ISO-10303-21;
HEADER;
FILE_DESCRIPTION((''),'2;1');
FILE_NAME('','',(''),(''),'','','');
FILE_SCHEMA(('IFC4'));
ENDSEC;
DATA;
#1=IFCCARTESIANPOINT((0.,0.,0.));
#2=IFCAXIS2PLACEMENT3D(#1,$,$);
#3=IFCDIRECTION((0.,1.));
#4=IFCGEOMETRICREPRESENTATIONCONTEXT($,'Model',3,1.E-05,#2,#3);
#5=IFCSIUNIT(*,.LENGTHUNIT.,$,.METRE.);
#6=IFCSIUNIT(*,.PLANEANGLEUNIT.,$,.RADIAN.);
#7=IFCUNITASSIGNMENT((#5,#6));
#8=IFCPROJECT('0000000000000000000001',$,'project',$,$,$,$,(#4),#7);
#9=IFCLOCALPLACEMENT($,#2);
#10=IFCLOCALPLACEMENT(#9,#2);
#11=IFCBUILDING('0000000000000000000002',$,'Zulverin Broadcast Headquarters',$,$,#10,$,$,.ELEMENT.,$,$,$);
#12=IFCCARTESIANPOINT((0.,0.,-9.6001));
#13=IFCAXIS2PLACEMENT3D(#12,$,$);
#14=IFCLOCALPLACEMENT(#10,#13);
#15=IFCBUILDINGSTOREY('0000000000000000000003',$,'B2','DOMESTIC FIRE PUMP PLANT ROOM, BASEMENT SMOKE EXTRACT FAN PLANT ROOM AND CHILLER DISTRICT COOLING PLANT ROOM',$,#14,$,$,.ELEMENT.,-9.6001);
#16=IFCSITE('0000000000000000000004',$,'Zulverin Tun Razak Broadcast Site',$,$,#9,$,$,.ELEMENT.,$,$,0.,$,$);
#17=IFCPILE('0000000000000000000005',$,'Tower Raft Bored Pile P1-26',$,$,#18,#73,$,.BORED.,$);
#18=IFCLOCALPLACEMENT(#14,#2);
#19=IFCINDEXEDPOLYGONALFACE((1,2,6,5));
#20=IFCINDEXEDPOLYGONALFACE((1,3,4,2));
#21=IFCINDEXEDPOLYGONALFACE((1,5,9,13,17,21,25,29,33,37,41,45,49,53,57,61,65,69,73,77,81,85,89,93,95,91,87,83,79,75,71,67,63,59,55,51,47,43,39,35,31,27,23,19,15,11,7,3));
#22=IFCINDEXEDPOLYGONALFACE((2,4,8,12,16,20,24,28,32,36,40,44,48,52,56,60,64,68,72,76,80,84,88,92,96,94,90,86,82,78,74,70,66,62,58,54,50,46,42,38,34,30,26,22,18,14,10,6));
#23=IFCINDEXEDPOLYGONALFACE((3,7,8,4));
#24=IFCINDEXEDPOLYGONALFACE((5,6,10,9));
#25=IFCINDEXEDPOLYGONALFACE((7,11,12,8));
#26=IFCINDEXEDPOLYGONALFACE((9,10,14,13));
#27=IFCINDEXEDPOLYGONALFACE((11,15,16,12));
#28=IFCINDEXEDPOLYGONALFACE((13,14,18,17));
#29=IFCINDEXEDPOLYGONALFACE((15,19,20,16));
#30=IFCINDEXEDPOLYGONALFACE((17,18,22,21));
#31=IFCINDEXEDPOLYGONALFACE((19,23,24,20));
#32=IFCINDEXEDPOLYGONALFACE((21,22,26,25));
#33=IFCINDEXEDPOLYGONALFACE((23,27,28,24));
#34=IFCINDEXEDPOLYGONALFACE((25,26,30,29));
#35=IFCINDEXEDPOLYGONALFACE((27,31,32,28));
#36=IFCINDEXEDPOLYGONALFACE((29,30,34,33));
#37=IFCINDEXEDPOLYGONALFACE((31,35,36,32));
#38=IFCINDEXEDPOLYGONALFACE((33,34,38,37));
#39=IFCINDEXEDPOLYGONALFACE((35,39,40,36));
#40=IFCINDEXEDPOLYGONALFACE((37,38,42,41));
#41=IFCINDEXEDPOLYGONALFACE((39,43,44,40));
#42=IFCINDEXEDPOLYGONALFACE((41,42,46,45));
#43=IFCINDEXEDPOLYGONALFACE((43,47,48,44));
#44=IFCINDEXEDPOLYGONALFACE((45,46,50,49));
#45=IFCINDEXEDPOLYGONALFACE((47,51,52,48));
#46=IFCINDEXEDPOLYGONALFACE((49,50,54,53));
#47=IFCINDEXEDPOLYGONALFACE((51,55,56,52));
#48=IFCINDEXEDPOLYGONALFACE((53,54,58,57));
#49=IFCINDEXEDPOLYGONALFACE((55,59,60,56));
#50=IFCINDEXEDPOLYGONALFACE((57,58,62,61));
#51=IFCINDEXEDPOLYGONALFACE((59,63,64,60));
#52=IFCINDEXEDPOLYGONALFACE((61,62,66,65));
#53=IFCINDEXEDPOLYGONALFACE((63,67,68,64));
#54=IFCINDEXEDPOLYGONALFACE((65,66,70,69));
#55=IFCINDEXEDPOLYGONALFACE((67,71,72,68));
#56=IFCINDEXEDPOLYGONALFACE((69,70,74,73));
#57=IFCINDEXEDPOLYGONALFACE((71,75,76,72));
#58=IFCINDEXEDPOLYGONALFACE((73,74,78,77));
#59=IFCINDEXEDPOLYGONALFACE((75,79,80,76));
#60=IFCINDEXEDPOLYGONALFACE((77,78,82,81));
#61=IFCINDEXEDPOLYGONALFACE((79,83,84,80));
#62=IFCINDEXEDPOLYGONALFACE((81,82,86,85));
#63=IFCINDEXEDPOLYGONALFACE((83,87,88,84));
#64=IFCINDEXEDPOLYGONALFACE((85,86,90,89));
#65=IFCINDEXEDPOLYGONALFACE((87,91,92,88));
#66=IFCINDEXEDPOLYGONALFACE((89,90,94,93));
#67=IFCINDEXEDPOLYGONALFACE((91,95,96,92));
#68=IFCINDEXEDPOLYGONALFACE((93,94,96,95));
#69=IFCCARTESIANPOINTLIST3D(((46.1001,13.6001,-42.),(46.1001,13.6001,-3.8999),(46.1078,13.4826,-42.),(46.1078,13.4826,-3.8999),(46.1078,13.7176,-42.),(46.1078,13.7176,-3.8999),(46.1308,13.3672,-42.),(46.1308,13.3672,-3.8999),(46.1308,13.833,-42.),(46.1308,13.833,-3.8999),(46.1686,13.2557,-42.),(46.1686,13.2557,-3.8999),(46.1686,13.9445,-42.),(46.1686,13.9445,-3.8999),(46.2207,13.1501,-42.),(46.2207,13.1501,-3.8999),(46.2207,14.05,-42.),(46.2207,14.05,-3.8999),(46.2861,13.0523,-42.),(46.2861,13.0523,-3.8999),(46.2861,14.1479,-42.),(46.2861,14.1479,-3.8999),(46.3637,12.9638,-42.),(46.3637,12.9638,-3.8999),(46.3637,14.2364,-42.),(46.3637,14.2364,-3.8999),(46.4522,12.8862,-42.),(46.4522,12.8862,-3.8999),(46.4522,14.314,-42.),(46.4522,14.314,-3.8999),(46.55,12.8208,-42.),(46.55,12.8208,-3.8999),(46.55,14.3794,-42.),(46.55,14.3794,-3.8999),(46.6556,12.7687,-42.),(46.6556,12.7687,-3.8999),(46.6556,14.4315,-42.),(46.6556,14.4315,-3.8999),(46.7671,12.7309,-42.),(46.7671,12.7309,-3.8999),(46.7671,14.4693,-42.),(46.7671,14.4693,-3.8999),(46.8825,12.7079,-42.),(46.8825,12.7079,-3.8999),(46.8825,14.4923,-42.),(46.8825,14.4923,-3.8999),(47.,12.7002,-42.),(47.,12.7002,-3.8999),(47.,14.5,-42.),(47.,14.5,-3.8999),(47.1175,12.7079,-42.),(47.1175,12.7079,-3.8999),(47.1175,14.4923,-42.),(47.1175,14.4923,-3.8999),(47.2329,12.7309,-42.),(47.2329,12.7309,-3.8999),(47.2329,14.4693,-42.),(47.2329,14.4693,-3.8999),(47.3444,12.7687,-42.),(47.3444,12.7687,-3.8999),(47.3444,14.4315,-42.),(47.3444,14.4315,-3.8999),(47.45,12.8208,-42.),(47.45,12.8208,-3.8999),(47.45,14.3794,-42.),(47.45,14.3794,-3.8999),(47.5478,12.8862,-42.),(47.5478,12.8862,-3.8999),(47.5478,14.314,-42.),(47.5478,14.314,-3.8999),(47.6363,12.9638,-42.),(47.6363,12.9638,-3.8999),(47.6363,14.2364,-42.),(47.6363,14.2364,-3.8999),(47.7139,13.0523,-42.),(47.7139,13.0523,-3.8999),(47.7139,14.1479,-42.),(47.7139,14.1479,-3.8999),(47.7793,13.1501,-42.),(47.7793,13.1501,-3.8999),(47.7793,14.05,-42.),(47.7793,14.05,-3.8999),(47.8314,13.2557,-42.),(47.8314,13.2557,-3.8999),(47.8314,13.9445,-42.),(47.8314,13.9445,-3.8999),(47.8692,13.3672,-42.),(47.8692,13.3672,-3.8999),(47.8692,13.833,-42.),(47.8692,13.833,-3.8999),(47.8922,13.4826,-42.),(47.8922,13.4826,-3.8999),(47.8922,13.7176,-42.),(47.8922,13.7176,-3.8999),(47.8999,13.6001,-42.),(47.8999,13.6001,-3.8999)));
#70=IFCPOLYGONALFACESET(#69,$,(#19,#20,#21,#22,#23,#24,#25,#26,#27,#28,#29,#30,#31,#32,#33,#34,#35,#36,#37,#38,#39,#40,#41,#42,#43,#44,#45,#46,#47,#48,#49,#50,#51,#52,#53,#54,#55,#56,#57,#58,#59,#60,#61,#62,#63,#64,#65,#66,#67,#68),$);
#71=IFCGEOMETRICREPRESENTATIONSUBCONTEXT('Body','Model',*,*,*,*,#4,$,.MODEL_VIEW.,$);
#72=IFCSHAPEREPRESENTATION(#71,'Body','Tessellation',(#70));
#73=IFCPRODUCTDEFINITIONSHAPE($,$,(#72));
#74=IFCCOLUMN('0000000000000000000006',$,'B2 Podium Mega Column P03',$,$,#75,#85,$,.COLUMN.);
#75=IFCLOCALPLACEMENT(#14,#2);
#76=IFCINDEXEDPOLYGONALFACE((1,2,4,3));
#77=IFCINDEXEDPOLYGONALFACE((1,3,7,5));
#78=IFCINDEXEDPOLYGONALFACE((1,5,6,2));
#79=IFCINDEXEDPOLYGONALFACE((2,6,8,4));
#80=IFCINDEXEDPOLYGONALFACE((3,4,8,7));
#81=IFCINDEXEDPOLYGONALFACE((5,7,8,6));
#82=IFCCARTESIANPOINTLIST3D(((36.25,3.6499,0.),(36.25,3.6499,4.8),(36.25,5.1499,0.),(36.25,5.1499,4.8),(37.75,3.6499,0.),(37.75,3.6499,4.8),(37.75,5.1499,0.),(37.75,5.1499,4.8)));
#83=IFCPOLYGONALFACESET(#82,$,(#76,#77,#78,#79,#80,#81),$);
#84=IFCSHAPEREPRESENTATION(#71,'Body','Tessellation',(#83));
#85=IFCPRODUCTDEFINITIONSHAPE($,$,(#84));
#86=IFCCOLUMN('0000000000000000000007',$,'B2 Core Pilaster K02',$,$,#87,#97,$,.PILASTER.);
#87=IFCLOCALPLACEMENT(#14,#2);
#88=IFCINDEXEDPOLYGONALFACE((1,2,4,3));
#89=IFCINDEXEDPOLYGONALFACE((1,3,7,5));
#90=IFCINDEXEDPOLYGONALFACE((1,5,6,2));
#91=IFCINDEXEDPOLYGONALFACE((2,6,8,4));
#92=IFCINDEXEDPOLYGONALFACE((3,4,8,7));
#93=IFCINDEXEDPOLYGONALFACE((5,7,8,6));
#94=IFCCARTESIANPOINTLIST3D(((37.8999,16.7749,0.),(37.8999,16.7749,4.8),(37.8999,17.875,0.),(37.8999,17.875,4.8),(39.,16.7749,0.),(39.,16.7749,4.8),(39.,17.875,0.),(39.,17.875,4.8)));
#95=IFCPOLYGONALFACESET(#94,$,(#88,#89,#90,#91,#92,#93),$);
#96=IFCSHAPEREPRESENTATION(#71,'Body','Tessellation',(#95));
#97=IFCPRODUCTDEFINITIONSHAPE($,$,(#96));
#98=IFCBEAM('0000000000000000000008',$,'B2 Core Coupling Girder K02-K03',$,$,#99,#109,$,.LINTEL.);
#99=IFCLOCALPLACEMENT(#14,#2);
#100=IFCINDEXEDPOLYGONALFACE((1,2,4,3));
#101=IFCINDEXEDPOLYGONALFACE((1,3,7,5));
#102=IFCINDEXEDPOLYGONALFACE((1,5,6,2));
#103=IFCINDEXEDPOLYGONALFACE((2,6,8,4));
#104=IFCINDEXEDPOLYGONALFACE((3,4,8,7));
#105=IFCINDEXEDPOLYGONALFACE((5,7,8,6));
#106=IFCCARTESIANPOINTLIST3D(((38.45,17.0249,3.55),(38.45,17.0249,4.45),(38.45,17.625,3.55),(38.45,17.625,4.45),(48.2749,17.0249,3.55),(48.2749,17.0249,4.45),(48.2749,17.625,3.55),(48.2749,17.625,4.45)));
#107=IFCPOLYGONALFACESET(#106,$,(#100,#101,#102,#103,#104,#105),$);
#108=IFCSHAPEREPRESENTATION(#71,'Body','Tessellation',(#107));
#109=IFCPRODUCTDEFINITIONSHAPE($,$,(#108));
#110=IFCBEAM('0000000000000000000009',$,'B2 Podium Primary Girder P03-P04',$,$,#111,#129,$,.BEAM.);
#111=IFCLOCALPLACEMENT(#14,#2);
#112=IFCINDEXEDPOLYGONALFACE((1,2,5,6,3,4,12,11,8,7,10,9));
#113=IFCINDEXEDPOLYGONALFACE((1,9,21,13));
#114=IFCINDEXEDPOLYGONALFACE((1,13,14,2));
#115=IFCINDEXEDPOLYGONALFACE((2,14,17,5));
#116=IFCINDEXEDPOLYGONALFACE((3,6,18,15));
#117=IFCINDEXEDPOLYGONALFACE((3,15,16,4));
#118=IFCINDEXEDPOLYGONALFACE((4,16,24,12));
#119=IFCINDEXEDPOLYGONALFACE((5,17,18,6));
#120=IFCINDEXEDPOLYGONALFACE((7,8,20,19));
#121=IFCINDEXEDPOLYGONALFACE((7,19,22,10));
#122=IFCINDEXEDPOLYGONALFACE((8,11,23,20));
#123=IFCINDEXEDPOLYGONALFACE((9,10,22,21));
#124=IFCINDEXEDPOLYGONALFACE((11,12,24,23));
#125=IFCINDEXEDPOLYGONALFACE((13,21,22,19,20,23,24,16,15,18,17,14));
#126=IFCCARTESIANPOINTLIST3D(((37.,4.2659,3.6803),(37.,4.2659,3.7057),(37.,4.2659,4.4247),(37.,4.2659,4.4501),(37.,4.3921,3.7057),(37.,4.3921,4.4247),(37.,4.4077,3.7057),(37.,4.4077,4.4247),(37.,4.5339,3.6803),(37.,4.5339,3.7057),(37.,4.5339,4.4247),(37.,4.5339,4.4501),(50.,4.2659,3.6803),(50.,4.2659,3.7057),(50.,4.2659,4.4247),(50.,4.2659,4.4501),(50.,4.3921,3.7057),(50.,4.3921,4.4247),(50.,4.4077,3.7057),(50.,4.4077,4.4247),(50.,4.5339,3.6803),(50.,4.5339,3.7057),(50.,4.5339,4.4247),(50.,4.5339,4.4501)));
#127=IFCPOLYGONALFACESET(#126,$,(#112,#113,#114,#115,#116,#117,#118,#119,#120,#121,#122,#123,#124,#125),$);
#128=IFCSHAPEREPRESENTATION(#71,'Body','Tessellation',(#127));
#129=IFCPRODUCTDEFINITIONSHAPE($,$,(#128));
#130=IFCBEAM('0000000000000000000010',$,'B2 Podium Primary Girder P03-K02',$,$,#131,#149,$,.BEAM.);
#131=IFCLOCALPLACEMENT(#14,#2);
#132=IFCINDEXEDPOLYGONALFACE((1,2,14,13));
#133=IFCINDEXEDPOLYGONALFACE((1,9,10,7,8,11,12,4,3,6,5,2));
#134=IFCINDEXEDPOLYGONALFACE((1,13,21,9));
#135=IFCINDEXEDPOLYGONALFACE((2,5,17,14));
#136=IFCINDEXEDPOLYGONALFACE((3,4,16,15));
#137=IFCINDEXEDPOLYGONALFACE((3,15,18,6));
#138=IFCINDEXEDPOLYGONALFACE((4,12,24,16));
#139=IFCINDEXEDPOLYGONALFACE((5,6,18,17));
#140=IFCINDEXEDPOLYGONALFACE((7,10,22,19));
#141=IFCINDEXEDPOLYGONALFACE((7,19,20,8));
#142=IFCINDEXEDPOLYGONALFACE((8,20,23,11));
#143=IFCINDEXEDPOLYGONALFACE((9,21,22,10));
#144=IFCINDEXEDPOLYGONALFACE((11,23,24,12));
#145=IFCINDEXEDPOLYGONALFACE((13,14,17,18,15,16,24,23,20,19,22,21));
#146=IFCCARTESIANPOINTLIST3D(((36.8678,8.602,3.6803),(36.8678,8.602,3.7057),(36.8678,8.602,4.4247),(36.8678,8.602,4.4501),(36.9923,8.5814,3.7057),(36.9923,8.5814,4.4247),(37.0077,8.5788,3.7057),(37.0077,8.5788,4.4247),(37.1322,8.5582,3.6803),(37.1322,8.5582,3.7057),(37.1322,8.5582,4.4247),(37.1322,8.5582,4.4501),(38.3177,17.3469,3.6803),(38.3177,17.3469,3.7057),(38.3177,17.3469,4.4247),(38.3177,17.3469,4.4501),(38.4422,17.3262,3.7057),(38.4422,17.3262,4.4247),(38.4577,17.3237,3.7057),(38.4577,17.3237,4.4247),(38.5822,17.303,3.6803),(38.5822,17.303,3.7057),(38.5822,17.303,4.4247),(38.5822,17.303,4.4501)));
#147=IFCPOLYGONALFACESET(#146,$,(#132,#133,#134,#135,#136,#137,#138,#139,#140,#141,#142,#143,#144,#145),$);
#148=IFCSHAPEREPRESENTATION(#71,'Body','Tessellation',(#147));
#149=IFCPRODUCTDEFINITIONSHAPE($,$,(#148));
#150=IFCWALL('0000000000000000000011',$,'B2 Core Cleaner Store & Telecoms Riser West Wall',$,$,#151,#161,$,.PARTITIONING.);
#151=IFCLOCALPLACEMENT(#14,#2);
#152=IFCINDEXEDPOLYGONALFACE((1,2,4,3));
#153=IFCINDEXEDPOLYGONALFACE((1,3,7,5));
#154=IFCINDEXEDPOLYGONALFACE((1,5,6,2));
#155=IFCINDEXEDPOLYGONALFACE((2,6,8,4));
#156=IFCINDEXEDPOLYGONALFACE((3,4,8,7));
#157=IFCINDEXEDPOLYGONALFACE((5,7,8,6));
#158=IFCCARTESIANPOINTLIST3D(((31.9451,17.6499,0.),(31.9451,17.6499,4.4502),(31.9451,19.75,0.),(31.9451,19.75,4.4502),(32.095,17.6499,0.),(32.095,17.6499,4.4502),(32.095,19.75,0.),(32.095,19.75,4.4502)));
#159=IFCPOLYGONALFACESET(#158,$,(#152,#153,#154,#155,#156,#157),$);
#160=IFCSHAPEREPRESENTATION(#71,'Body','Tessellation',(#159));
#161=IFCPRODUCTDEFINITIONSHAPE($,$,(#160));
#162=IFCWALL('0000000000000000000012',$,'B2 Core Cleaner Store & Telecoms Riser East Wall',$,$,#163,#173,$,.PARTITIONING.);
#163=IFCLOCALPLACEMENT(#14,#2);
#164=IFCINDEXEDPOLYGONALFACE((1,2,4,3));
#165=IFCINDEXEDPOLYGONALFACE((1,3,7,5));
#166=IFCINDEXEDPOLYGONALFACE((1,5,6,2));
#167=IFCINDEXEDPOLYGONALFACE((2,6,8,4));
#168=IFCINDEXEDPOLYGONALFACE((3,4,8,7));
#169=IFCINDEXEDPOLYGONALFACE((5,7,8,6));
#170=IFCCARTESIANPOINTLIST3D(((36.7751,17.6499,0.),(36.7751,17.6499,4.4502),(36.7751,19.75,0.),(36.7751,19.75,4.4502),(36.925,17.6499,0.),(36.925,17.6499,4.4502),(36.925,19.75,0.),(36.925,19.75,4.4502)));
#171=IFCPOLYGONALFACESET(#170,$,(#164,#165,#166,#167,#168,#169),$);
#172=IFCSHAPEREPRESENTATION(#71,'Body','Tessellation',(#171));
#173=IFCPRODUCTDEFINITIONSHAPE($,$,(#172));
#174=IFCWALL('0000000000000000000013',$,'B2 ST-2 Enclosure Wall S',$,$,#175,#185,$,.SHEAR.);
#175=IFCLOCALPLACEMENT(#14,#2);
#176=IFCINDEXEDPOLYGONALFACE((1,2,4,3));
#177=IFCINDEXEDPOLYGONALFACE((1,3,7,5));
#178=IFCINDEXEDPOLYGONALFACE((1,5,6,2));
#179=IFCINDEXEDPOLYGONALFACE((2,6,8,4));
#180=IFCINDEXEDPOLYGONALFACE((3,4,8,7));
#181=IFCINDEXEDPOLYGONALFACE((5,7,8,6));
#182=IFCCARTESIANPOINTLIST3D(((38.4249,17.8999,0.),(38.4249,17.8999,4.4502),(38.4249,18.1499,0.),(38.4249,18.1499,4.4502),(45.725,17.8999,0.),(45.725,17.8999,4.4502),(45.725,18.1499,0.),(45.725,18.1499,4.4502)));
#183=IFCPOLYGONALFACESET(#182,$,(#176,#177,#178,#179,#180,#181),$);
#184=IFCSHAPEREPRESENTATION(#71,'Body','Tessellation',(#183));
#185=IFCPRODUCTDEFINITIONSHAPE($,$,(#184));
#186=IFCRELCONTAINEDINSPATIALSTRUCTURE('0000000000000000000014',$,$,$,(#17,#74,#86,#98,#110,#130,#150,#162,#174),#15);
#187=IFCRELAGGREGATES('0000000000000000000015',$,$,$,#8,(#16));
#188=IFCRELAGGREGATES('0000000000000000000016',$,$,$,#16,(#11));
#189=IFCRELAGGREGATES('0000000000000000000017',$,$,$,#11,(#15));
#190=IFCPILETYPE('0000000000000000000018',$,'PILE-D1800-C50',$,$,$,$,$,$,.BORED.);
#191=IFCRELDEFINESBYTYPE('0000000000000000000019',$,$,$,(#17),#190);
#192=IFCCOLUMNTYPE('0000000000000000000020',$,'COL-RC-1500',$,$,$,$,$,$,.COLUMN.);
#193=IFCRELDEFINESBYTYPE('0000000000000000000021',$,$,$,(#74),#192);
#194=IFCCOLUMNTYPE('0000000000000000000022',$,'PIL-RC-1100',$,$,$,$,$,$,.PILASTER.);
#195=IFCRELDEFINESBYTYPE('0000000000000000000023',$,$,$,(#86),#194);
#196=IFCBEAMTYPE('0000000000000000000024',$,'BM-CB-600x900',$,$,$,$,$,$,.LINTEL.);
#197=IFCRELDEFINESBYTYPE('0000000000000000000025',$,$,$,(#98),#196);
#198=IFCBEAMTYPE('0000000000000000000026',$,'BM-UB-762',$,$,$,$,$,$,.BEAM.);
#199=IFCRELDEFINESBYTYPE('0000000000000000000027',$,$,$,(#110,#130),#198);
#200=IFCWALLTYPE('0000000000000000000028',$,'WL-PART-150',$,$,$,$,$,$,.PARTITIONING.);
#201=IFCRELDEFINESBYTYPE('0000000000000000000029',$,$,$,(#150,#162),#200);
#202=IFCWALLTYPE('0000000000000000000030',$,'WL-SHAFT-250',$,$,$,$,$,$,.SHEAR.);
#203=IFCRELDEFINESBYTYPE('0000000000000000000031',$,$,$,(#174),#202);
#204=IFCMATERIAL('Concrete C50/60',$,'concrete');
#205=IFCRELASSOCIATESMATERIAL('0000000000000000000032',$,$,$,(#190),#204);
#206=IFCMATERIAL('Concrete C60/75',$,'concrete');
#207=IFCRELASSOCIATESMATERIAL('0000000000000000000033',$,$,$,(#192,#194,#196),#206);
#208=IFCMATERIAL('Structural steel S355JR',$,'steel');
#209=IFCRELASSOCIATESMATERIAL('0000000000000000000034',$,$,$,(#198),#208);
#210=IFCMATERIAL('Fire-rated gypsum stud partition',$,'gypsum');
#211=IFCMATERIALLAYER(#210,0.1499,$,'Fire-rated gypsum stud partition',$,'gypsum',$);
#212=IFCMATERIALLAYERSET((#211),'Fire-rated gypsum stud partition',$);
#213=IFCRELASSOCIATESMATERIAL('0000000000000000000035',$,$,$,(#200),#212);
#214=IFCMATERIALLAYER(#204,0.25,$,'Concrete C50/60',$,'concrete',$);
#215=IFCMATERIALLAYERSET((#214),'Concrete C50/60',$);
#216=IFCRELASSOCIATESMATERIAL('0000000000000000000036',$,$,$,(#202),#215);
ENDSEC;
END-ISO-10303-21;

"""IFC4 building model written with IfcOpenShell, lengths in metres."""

from ifc_helpers import new_model, si_unit, direction, frame, frame_2d, origin, origin_2d, place, context, subcontext, project, spatial, rectangle, circle, i_section, extrude, material, layer, layer_set, material_profile, profile_set, type_object, element, save


model = new_model("IFC4")

# Units and contexts
model_context = context("Model", 3, precision=1e-05, world=origin(), true_north=direction((0.0, 1.0)))
body_context = subcontext(model_context, "Body", "Model", "MODEL_VIEW")
ifc_project = project(units=[si_unit("LENGTHUNIT", "METRE"), si_unit("PLANEANGLEUNIT", "RADIAN")], contexts=[model_context])

# Site, building, storey
site_placement = place(None, origin())
site = spatial("IfcSite", under=ifc_project, at=site_placement, Name="Zulverin Tun Razak Broadcast Site", CompositionType="ELEMENT", RefElevation=0.0)
building_placement = place(site_placement, origin())
building = spatial("IfcBuilding", under=site, at=building_placement, Name="Zulverin Broadcast Headquarters", CompositionType="ELEMENT")
storey_placement = place(building_placement, frame((0.0, 0.0, -9.6001)))
storey = spatial("IfcBuildingStorey", under=building, at=storey_placement, Name="B2", Description="DOMESTIC FIRE PUMP PLANT ROOM, BASEMENT SMOKE EXTRACT FAN PLANT ROOM AND CHILLER DISTRICT COOLING PLANT ROOM", CompositionType="ELEMENT", Elevation=-9.6001)

# Shared definitions
ifc_material_1 = material(Name="Concrete C50/60", Category="concrete")

# Pile
ifc_material_profile_1 = material_profile(ifc_material_1, circle(Radius=0.8999, at=origin_2d()), Name="Concrete C50/60", Category="concrete")
ifc_profile_set_1 = profile_set([ifc_material_profile_1], Name="Concrete C50/60")
pile_type_1 = type_object("IfcPileType", Name="PILE-D1800-C50", PredefinedType="BORED", material=ifc_profile_set_1)
for number, where, z_axis, x_axis, name in (
    (1, (47.0, 13.6001, -3.8999), (0.0, 0.0, -1.0), (1.0, 0.0, 0.0), "Tower Raft Bored Pile P1-26"),
):
    element("IfcPile", number, at=place(storey_placement, frame(where, z_axis=z_axis, x_axis=x_axis)), inside=storey, type_object=pile_type_1, Name=name, PredefinedType="BORED", context=body_context, shape_type="SweptSolid", body=[
        extrude(circle(Radius=0.8999, at=origin_2d()), origin(), (0.0, 0.0, 1.0), 38.1001),
    ])

# Columns
ifc_material_2 = material(Name="Concrete C60/75", Category="concrete")
ifc_material_profile_2 = material_profile(ifc_material_2, rectangle(XDim=1.5, YDim=1.5, at=origin_2d()), Name="Concrete C60/75", Category="concrete")
ifc_profile_set_2 = profile_set([ifc_material_profile_2], Name="Concrete C60/75")
column_type_1 = type_object("IfcColumnType", Name="COL-RC-1500", PredefinedType="COLUMN", material=ifc_profile_set_2)
column_1_placement = place(storey_placement, frame((37.0, 4.3999, 0.0), z_axis=(0.0, 0.0, 1.0), x_axis=(1.0, 0.0, 0.0)))
element("IfcColumn", 2, at=column_1_placement, inside=storey, type_object=column_type_1, Name="B2 Podium Mega Column P03", PredefinedType="COLUMN", context=body_context, shape_type="SweptSolid", body=[
    extrude(rectangle(XDim=1.5, YDim=1.5, at=origin_2d()), origin(), (0.0, 0.0, 1.0), 4.8),
])
ifc_material_profile_3 = material_profile(ifc_material_2, rectangle(XDim=1.1001, YDim=1.1001, at=origin_2d()), Name="Concrete C60/75", Category="concrete")
ifc_profile_set_3 = profile_set([ifc_material_profile_3], Name="Concrete C60/75")
column_type_2 = type_object("IfcColumnType", Name="PIL-RC-1100", PredefinedType="PILASTER", material=ifc_profile_set_3)
column_2_placement = place(storey_placement, frame((38.45, 17.325, 0.0), z_axis=(0.0, 0.0, 1.0), x_axis=(1.0, 0.0, 0.0)))
element("IfcColumn", 3, at=column_2_placement, inside=storey, type_object=column_type_2, Name="B2 Core Pilaster K02", PredefinedType="PILASTER", context=body_context, shape_type="SweptSolid", body=[
    extrude(rectangle(XDim=1.1001, YDim=1.1001, at=origin_2d()), origin(), (0.0, 0.0, 1.0), 4.8),
])

# Beams
ifc_material_profile_4 = material_profile(ifc_material_2, rectangle(XDim=0.6001, YDim=0.8999, at=origin_2d()), Name="Concrete C60/75", Category="concrete")
ifc_profile_set_4 = profile_set([ifc_material_profile_4], Name="Concrete C60/75")
beam_type_1 = type_object("IfcBeamType", Name="BM-CB-600x900", PredefinedType="LINTEL", material=ifc_profile_set_4)
beam_1_placement = place(storey_placement, frame((38.45, 17.325, 4.0), z_axis=(1.0, 0.0, 0.0), x_axis=(0.0, 1.0, 0.0)))
element("IfcBeam", 4, at=beam_1_placement, inside=storey, type_object=beam_type_1, Name="B2 Core Coupling Girder K02-K03", PredefinedType="LINTEL", context=body_context, shape_type="SweptSolid", body=[
    extrude(rectangle(XDim=0.6001, YDim=0.8999, at=origin_2d()), origin(), (0.0, 0.0, 1.0), 9.825),
])
ifc_material_3 = material(Name="Structural steel S355JR", Category="steel")
ifc_material_profile_5 = material_profile(ifc_material_3, i_section(OverallWidth=0.2681, OverallDepth=0.7698, WebThickness=0.0156, FlangeThickness=0.0254, at=origin_2d()), Name="Structural steel S355JR", Category="steel")
ifc_profile_set_5 = profile_set([ifc_material_profile_5], Name="Structural steel S355JR")
beam_type_2 = type_object("IfcBeamType", Name="BM-UB-762", PredefinedType="BEAM", material=ifc_profile_set_5)
beam_2_placement = place(storey_placement, frame((37.0, 4.3999, 4.0652), z_axis=(1.0, 0.0, 0.0), x_axis=(0.0, 1.0, 0.0)))
element("IfcBeam", 5, at=beam_2_placement, inside=storey, type_object=beam_type_2, Name="B2 Podium Primary Girder P03-P04", PredefinedType="BEAM", context=body_context, shape_type="SweptSolid", body=[
    extrude(i_section(OverallWidth=0.2681, OverallDepth=0.7698, WebThickness=0.0156, FlangeThickness=0.0254, at=origin_2d()), origin(), (0.0, 0.0, 1.0), 13.0),
])
beam_3_placement = place(storey_placement, frame((37.0, 8.5801, 4.0652), z_axis=(0.163573, 0.986531, 0.0), x_axis=(-0.986531, 0.163573, 0.0)))
element("IfcBeam", 6, at=beam_3_placement, inside=storey, type_object=beam_type_2, Name="B2 Podium Primary Girder P03-K02", PredefinedType="BEAM", context=body_context, shape_type="SweptSolid", body=[
    extrude(i_section(OverallWidth=0.2681, OverallDepth=0.7698, WebThickness=0.0156, FlangeThickness=0.0254, at=origin_2d()), origin(), (0.0, 0.0, 1.0), 8.8643),
])

# Walls
ifc_material_4 = material(Name="Fire-rated gypsum stud partition", Category="gypsum")
ifc_layer_1 = layer(ifc_material_4, 0.1499, Name="Fire-rated gypsum stud partition", Category="gypsum")
ifc_layer_set_1 = layer_set([ifc_layer_1], Name="Fire-rated gypsum stud partition")
wall_type_1 = type_object("IfcWallType", Name="WL-PART-150", PredefinedType="PARTITIONING", material=ifc_layer_set_1)
for number, where, z_axis, x_axis, name in (
    (7, (32.02, 17.6499, 0.0), (0.0, 0.0, 1.0), (0.0, 1.0, 0.0), "B2 Core Cleaner Store & Telecoms Riser West Wall"),
    (8, (36.8501, 17.6499, 0.0), (0.0, 0.0, 1.0), (0.0, 1.0, 0.0), "B2 Core Cleaner Store & Telecoms Riser East Wall"),
):
    element("IfcWall", number, at=place(storey_placement, frame(where, z_axis=z_axis, x_axis=x_axis)), inside=storey, type_object=wall_type_1, Name=name, PredefinedType="PARTITIONING", context=body_context, shape_type="SweptSolid", body=[
        extrude(rectangle(XDim=2.1001, YDim=0.1499, at=frame_2d((1.05, 0.0))), origin(), (0.0, 0.0, 1.0), 4.4502),
    ])
ifc_layer_2 = layer(ifc_material_1, 0.25, Name="Concrete C50/60", Category="concrete")
ifc_layer_set_2 = layer_set([ifc_layer_2], Name="Concrete C50/60")
wall_type_2 = type_object("IfcWallType", Name="WL-SHAFT-250", PredefinedType="SHEAR", material=ifc_layer_set_2)
wall_1_placement = place(storey_placement, frame((38.425, 18.0249, 0.0), z_axis=(0.0, 0.0, 1.0), x_axis=(1.0, 0.0, 0.0)))
element("IfcWall", 9, at=wall_1_placement, inside=storey, type_object=wall_type_2, Name="B2 ST-2 Enclosure Wall S", PredefinedType="SHEAR", context=body_context, shape_type="SweptSolid", body=[
    extrude(rectangle(XDim=7.3, YDim=0.25, at=frame_2d((3.6499, 0.0))), origin(), (0.0, 0.0, 1.0), 4.4502),
])

save(model, "model.ifc")
